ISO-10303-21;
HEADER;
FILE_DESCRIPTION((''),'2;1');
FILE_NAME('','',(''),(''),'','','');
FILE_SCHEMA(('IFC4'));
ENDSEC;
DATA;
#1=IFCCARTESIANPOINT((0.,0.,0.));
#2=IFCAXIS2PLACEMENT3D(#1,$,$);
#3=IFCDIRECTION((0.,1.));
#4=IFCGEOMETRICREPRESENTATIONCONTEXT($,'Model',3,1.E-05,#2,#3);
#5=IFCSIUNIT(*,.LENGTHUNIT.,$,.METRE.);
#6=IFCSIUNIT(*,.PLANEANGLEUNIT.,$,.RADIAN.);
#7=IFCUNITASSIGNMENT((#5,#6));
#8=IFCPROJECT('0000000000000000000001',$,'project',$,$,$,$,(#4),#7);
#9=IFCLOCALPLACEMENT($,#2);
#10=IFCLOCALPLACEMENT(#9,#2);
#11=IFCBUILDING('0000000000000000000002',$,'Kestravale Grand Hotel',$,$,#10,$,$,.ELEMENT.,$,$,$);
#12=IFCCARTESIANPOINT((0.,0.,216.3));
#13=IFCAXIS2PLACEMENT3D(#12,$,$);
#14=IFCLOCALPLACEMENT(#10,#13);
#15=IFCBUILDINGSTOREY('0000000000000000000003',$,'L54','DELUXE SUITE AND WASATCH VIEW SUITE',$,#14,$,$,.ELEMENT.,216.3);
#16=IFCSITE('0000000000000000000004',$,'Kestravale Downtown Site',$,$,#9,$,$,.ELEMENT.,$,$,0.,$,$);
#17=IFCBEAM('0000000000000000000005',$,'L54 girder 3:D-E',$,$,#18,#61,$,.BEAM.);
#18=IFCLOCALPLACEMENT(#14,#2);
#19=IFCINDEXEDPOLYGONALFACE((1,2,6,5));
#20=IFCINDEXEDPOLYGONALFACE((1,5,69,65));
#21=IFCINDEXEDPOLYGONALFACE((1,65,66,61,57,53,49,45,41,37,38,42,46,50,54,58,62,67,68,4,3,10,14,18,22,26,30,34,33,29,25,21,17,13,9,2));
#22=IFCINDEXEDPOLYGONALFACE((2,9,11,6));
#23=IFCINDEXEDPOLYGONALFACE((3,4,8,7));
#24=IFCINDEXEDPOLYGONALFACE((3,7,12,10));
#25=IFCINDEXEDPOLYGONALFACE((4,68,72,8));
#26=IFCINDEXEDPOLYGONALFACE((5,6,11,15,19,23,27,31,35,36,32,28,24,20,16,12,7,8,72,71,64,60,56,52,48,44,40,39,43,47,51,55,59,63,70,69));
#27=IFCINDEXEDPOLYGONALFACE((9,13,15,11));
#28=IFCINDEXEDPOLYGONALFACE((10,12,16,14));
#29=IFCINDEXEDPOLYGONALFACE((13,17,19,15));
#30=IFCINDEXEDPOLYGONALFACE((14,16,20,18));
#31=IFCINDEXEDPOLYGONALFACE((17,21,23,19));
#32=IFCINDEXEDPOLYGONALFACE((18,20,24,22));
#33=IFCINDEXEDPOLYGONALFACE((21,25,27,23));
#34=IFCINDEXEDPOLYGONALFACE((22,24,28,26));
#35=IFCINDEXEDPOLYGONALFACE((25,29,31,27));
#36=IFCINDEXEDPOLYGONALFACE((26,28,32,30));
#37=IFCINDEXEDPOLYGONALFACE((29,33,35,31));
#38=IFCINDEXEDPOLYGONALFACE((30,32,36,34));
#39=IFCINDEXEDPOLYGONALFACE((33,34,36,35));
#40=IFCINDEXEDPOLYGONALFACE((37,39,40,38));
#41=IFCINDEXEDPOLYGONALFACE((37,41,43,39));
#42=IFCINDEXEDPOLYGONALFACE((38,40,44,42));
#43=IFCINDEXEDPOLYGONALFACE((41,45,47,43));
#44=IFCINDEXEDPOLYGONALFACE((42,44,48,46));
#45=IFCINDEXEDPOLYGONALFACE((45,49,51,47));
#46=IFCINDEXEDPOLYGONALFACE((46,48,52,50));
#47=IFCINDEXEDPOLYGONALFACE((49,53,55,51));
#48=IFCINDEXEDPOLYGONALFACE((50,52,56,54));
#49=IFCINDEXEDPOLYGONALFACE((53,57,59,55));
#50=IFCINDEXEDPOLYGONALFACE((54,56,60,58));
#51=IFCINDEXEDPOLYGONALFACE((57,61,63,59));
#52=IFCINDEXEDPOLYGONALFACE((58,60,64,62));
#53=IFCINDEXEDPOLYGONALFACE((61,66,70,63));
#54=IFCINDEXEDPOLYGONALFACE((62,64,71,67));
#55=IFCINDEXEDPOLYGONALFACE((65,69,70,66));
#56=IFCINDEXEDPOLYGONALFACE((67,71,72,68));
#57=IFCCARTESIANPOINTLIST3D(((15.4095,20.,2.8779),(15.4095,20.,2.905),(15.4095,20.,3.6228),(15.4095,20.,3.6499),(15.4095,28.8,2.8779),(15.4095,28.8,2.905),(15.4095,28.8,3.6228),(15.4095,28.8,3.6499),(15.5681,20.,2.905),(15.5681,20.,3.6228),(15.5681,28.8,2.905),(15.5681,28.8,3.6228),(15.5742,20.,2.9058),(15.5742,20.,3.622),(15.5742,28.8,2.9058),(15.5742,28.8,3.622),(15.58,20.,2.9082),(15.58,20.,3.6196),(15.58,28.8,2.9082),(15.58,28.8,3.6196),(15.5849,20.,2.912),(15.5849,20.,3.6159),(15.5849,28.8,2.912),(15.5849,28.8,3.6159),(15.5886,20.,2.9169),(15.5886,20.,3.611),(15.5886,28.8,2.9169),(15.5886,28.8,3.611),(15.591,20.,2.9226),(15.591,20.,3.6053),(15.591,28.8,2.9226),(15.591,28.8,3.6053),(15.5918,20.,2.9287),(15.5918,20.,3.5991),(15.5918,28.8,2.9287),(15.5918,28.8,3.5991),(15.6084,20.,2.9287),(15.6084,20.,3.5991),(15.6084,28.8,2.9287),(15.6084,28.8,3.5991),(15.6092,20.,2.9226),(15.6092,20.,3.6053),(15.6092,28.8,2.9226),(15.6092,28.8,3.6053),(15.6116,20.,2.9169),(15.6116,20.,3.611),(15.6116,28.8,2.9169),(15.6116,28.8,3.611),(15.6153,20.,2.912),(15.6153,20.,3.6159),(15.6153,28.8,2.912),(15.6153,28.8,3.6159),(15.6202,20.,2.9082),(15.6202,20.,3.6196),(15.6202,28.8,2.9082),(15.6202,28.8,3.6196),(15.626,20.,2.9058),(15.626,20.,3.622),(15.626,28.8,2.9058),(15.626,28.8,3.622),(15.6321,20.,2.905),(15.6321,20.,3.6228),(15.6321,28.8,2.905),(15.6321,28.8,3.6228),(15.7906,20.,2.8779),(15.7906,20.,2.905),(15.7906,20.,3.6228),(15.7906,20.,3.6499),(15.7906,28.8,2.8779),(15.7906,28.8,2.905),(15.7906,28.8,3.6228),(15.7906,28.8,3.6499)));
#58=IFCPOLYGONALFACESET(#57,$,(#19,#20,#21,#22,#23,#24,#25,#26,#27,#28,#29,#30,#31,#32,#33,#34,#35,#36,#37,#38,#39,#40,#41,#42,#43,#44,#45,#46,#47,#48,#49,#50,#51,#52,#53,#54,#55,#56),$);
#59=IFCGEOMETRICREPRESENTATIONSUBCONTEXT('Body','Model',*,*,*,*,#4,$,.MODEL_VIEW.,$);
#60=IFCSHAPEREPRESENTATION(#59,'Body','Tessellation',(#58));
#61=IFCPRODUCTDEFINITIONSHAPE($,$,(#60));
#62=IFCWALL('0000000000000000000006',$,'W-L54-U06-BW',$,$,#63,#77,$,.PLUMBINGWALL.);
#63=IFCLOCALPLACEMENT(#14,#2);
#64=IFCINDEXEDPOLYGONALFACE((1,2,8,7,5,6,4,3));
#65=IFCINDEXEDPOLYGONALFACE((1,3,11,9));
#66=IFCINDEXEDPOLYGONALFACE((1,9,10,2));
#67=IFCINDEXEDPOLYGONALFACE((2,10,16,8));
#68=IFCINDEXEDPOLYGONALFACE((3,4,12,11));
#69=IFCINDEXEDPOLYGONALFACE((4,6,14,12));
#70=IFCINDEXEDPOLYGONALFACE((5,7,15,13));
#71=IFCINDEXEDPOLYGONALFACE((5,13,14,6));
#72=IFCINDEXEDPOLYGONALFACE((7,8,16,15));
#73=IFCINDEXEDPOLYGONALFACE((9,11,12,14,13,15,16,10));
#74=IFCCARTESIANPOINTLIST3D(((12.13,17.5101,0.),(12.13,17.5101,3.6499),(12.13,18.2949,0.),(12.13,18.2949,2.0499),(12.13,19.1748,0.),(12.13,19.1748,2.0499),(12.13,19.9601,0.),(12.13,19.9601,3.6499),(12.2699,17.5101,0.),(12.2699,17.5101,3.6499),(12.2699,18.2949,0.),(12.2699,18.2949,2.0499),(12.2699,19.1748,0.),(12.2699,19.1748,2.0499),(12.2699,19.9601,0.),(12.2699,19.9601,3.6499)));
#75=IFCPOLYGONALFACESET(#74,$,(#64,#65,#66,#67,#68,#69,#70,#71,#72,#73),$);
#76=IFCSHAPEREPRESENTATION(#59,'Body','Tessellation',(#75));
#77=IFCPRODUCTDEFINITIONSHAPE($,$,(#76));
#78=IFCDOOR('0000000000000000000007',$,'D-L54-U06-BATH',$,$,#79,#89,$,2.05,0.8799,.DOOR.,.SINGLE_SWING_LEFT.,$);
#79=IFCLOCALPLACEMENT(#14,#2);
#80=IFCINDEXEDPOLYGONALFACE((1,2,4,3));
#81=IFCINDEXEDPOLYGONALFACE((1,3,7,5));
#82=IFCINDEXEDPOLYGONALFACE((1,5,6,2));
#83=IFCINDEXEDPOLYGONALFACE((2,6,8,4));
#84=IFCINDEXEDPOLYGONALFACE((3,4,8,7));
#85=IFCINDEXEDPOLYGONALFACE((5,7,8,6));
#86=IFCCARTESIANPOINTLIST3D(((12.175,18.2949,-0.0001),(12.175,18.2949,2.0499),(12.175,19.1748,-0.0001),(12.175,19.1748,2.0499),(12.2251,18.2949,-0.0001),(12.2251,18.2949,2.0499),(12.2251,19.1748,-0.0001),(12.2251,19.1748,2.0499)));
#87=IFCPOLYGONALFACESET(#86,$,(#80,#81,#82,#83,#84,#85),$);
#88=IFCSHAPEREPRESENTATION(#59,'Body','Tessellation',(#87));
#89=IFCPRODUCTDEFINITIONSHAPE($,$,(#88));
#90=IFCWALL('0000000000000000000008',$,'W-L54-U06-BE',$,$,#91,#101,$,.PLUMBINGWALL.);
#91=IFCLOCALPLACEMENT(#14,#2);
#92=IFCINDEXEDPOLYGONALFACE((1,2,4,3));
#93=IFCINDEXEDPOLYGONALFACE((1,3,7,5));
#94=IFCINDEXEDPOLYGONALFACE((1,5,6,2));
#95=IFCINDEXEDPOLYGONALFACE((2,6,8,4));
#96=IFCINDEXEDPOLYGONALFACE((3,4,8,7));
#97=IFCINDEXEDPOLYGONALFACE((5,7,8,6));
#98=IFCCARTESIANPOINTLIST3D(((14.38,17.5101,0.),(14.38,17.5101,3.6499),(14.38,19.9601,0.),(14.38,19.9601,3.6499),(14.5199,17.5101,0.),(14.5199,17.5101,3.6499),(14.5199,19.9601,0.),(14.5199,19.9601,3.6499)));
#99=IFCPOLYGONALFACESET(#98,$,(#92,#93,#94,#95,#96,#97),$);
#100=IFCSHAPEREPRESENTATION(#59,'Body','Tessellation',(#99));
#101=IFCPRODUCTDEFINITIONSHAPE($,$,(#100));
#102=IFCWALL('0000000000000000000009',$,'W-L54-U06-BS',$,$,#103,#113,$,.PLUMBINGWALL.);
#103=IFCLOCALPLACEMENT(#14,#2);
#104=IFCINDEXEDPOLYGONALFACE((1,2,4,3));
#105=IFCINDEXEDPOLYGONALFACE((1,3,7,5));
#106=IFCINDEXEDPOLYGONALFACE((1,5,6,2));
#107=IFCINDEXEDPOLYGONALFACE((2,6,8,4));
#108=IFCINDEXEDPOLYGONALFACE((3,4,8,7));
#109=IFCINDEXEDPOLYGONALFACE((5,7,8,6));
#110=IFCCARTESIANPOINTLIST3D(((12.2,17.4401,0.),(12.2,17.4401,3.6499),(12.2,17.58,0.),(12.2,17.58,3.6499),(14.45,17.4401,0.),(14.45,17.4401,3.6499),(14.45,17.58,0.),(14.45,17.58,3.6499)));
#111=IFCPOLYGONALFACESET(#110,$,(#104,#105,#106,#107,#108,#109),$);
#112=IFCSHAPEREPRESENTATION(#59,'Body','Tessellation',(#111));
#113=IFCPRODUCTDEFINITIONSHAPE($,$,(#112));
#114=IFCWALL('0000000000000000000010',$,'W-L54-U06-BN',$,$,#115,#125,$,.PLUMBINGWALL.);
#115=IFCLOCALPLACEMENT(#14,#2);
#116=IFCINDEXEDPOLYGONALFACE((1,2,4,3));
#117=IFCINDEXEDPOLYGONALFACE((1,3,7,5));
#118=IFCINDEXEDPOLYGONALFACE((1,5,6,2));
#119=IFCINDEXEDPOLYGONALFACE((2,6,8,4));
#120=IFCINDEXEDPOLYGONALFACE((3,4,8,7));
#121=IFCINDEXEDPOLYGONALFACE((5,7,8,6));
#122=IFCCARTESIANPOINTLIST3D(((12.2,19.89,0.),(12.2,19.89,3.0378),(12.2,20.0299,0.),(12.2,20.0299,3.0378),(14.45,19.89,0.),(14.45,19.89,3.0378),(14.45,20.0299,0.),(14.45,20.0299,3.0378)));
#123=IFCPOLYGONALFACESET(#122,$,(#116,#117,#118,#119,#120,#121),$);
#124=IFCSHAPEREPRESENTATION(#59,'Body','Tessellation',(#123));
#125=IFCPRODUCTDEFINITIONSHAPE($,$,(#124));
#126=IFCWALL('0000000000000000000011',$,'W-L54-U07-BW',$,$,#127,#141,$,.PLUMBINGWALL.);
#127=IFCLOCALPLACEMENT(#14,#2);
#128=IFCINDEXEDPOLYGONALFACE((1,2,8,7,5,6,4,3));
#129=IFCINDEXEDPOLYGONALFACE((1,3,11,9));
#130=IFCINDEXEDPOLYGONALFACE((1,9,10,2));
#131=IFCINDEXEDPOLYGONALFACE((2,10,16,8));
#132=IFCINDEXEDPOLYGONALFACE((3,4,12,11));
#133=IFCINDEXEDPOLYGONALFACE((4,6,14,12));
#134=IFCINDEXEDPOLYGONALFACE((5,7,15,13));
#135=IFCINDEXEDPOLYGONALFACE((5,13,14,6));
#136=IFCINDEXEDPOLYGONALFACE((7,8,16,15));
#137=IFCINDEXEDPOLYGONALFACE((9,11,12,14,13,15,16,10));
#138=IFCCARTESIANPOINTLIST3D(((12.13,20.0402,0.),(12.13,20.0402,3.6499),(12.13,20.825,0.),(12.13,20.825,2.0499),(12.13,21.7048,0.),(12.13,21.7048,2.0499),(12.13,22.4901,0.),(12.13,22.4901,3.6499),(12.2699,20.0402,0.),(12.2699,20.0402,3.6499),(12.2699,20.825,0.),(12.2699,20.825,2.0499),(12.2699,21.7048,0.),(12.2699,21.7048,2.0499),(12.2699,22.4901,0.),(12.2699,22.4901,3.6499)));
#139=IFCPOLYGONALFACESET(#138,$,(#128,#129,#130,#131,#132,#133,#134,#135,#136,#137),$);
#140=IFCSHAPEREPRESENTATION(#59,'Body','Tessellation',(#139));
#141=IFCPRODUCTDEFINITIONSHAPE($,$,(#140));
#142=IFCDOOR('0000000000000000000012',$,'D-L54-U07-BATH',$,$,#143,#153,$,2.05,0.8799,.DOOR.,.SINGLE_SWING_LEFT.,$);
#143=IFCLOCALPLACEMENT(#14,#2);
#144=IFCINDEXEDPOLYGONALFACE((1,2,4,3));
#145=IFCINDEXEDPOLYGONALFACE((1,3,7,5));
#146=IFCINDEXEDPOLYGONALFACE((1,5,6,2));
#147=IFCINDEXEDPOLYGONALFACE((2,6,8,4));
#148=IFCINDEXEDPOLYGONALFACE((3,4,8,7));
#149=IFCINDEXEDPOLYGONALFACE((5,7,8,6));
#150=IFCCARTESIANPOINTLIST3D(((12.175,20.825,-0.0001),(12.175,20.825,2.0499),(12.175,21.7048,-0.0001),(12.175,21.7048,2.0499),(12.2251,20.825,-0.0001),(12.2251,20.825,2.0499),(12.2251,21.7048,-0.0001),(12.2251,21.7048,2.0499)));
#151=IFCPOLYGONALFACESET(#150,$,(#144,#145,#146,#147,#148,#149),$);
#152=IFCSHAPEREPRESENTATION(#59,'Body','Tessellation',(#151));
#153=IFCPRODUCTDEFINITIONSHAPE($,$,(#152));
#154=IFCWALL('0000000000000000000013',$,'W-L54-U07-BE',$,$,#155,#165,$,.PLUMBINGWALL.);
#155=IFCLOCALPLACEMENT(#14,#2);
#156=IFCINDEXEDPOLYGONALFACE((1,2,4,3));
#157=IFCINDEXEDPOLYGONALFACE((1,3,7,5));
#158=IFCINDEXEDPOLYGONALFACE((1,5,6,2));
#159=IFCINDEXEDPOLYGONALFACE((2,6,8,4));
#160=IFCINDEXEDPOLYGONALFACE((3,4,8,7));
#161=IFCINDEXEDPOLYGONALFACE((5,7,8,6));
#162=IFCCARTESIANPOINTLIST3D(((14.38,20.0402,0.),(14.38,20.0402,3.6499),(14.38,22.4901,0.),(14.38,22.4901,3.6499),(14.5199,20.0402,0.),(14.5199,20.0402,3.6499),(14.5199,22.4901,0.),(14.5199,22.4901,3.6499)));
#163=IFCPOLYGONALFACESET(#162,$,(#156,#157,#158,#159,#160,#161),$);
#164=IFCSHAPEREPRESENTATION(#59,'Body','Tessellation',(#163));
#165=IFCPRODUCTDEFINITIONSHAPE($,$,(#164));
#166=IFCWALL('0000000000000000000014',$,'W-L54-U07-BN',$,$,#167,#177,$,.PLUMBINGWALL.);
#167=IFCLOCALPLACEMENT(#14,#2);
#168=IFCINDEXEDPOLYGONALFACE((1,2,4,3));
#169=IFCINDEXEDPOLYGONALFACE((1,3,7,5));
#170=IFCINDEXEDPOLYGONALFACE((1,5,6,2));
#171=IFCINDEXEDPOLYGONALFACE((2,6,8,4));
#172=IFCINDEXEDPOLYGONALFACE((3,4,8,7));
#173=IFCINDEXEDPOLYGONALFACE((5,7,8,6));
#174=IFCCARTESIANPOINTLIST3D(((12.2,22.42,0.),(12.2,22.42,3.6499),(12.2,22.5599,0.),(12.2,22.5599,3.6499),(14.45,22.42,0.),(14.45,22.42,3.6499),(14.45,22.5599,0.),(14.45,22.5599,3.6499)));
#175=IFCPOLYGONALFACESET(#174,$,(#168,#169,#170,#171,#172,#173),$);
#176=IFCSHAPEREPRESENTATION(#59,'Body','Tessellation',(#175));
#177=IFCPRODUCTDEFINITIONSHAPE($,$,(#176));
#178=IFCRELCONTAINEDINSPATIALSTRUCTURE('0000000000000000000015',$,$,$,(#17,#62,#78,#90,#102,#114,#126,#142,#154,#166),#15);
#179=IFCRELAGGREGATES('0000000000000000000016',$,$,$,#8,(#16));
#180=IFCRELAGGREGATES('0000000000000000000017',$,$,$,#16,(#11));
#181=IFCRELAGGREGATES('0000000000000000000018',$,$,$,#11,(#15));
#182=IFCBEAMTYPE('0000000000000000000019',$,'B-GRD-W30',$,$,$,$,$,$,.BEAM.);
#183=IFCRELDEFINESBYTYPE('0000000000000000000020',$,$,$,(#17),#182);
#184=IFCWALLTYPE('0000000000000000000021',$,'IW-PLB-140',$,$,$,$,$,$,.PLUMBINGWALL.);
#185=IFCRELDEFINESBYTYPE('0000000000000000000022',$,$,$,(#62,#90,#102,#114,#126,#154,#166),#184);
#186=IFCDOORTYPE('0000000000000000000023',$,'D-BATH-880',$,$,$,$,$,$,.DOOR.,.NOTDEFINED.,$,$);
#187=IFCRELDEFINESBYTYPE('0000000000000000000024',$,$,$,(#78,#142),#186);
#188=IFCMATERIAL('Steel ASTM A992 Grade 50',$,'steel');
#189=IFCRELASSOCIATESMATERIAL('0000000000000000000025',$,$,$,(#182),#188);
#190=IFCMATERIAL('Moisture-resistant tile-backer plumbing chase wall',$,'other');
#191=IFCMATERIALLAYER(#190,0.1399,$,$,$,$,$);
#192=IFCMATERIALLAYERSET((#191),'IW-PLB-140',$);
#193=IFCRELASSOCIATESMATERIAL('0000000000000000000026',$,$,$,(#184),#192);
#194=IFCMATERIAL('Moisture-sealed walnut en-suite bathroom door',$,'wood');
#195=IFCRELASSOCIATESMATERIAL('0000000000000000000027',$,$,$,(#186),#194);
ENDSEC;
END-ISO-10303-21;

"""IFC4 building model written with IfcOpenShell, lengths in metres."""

from ifc_helpers import new_model, si_unit, direction, frame, frame_2d, origin, origin_2d, place, context, subcontext, project, spatial, rectangle, i_section, extrude, material, layer, layer_set, material_profile, profile_set, type_object, element, fill, save


model = new_model("IFC4")

# Units and contexts
model_context = context("Model", 3, precision=1e-05, world=origin(), true_north=direction((0.0, 1.0)))
body_context = subcontext(model_context, "Body", "Model", "MODEL_VIEW")
ifc_project = project(units=[si_unit("LENGTHUNIT", "METRE"), si_unit("PLANEANGLEUNIT", "RADIAN")], contexts=[model_context])

# Site, building, storey
site_placement = place(None, origin())
site = spatial("IfcSite", under=ifc_project, at=site_placement, Name="Kestravale Downtown Site", CompositionType="ELEMENT", RefElevation=0.0)
building_placement = place(site_placement, origin())
building = spatial("IfcBuilding", under=site, at=building_placement, Name="Kestravale Grand Hotel", CompositionType="ELEMENT")
storey_placement = place(building_placement, frame((0.0, 0.0, 216.3)))
storey = spatial("IfcBuildingStorey", under=building, at=storey_placement, Name="L54", Description="DELUXE SUITE AND WASATCH VIEW SUITE", CompositionType="ELEMENT", Elevation=216.3)

# Beam
ifc_material_1 = material(Name="Steel ASTM A992 Grade 50", Category="steel")
ifc_material_profile_1 = material_profile(ifc_material_1, i_section(OverallWidth=0.3811, OverallDepth=0.772, WebThickness=0.0166, FlangeThickness=0.0271, FilletRadius=0.0237, at=origin_2d()))
ifc_profile_set_1 = profile_set([ifc_material_profile_1], Name="Steel ASTM A992 Grade 50")
beam_type_1 = type_object("IfcBeamType", Name="B-GRD-W30", PredefinedType="BEAM", material=ifc_profile_set_1)
for number, where, z_axis, x_axis, name in (
    (1, (15.6001, 20.0, 3.2639), (0.0, 1.0, 0.0), (-1.0, 0.0, 0.0), "L54 girder 3:D-E"),
):
    element("IfcBeam", number, at=place(storey_placement, frame(where, z_axis=z_axis, x_axis=x_axis)), inside=storey, type_object=beam_type_1, Name=name, PredefinedType="BEAM", context=body_context, shape_type="SweptSolid", body=[
        extrude(i_section(OverallWidth=0.3811, OverallDepth=0.772, WebThickness=0.0166, FlangeThickness=0.0271, FilletRadius=0.0237, at=origin_2d()), origin(), (0.0, 0.0, 1.0), 8.8),
    ])

# Wall, opening, door
ifc_material_2 = material(Name="Moisture-resistant tile-backer plumbing chase wall", Category="other")
ifc_layer_1 = layer(ifc_material_2, 0.1399)
ifc_layer_set_1 = layer_set([ifc_layer_1], Name="IW-PLB-140")
wall_type_1 = type_object("IfcWallType", Name="IW-PLB-140", PredefinedType="PLUMBINGWALL", material=ifc_layer_set_1)
wall_1_placement = place(storey_placement, frame((12.2, 17.51, 0.0), z_axis=(0.0, 0.0, 1.0), x_axis=(0.0, 1.0, 0.0)))
wall_1 = element("IfcWall", 2, at=wall_1_placement, inside=storey, type_object=wall_type_1, Name="W-L54-U06-BW", PredefinedType="PLUMBINGWALL", context=body_context, shape_type="SweptSolid", body=[
    extrude(rectangle(XDim=2.45, YDim=0.1399, at=frame_2d((1.2251, 0.0))), origin(), (0.0, 0.0, 1.0), 3.6499),
])
opening_1_placement = place(wall_1_placement, frame((0.7849, 0.0, 0.0)))
opening_1 = element("IfcOpeningElement", 3, at=opening_1_placement, cuts=wall_1, PredefinedType="OPENING", context=body_context, shape_type="SweptSolid", body=[
    extrude(rectangle(XDim=0.8799, YDim=2.05, at=frame_2d((0.4399, 1.0249))), frame((0.0, 0.0798, 0.0), z_axis=(0.0, -1.0, 0.0), x_axis=(1.0, 0.0, 0.0)), (0.0, 0.0, 1.0), 0.1599),
])
ifc_material_3 = material(Name="Moisture-sealed walnut en-suite bathroom door", Category="wood")
door_type = type_object("IfcDoorType", Name="D-BATH-880", OperationType="NOTDEFINED", PredefinedType="DOOR", material=ifc_material_3)
door_1_placement = place(opening_1_placement, origin())
door_1 = element("IfcDoor", 4, at=door_1_placement, inside=storey, type_object=door_type, Name="D-L54-U06-BATH", OperationType="SINGLE_SWING_LEFT", OverallHeight=2.05, OverallWidth=0.8799, PredefinedType="DOOR", context=body_context, shape_type="SweptSolid", body=[
    extrude(rectangle(XDim=0.8799, YDim=2.05, at=frame_2d((0.4399, 1.0249))), frame((0.0, 0.0249, 0.0), z_axis=(0.0, -1.0, 0.0), x_axis=(1.0, 0.0, 0.0)), (0.0, 0.0, 1.0), 0.05),
])
fill(opening_1, door_1)

# Walls
wall_2_placement = place(storey_placement, frame((14.45, 17.51, 0.0), z_axis=(0.0, 0.0, 1.0), x_axis=(0.0, 1.0, 0.0)))
element("IfcWall", 5, at=wall_2_placement, inside=storey, type_object=wall_type_1, Name="W-L54-U06-BE", PredefinedType="PLUMBINGWALL", context=body_context, shape_type="SweptSolid", body=[
    extrude(rectangle(XDim=2.45, YDim=0.1399, at=frame_2d((1.2251, 0.0))), origin(), (0.0, 0.0, 1.0), 3.6499),
])
wall_3_placement = place(storey_placement, frame((12.2, 17.51, 0.0), z_axis=(0.0, 0.0, 1.0), x_axis=(1.0, 0.0, 0.0)))
element("IfcWall", 6, at=wall_3_placement, inside=storey, type_object=wall_type_1, Name="W-L54-U06-BS", PredefinedType="PLUMBINGWALL", context=body_context, shape_type="SweptSolid", body=[
    extrude(rectangle(XDim=2.25, YDim=0.1399, at=frame_2d((1.125, 0.0))), origin(), (0.0, 0.0, 1.0), 3.6499),
])
wall_4_placement = place(storey_placement, frame((12.2, 19.96, 0.0), z_axis=(0.0, 0.0, 1.0), x_axis=(1.0, 0.0, 0.0)))
element("IfcWall", 7, at=wall_4_placement, inside=storey, type_object=wall_type_1, Name="W-L54-U06-BN", PredefinedType="PLUMBINGWALL", context=body_context, shape_type="SweptSolid", body=[
    extrude(rectangle(XDim=2.25, YDim=0.1399, at=frame_2d((1.125, 0.0))), origin(), (0.0, 0.0, 1.0), 3.0378),
])

# Wall, opening, door
wall_5_placement = place(storey_placement, frame((12.2, 20.04, 0.0), z_axis=(0.0, 0.0, 1.0), x_axis=(0.0, 1.0, 0.0)))
wall_5 = element("IfcWall", 8, at=wall_5_placement, inside=storey, type_object=wall_type_1, Name="W-L54-U07-BW", PredefinedType="PLUMBINGWALL", context=body_context, shape_type="SweptSolid", body=[
    extrude(rectangle(XDim=2.45, YDim=0.1399, at=frame_2d((1.2251, 0.0))), origin(), (0.0, 0.0, 1.0), 3.6499),
])
opening_2_placement = place(wall_5_placement, frame((0.7849, 0.0, 0.0)))
opening_2 = element("IfcOpeningElement", 9, at=opening_2_placement, cuts=wall_5, PredefinedType="OPENING", context=body_context, shape_type="SweptSolid", body=[
    extrude(rectangle(XDim=0.8799, YDim=2.05, at=frame_2d((0.4399, 1.0249))), frame((0.0, 0.0798, 0.0), z_axis=(0.0, -1.0, 0.0), x_axis=(1.0, 0.0, 0.0)), (0.0, 0.0, 1.0), 0.1599),
])
door_2_placement = place(opening_2_placement, origin())
door_2 = element("IfcDoor", 10, at=door_2_placement, inside=storey, type_object=door_type, Name="D-L54-U07-BATH", OperationType="SINGLE_SWING_LEFT", OverallHeight=2.05, OverallWidth=0.8799, PredefinedType="DOOR", context=body_context, shape_type="SweptSolid", body=[
    extrude(rectangle(XDim=0.8799, YDim=2.05, at=frame_2d((0.4399, 1.0249))), frame((0.0, 0.0249, 0.0), z_axis=(0.0, -1.0, 0.0), x_axis=(1.0, 0.0, 0.0)), (0.0, 0.0, 1.0), 0.05),
])
fill(opening_2, door_2)

# Walls
wall_6_placement = place(storey_placement, frame((14.45, 20.04, 0.0), z_axis=(0.0, 0.0, 1.0), x_axis=(0.0, 1.0, 0.0)))
element("IfcWall", 11, at=wall_6_placement, inside=storey, type_object=wall_type_1, Name="W-L54-U07-BE", PredefinedType="PLUMBINGWALL", context=body_context, shape_type="SweptSolid", body=[
    extrude(rectangle(XDim=2.45, YDim=0.1399, at=frame_2d((1.2251, 0.0))), origin(), (0.0, 0.0, 1.0), 3.6499),
])
wall_7_placement = place(storey_placement, frame((12.2, 22.49, 0.0), z_axis=(0.0, 0.0, 1.0), x_axis=(1.0, 0.0, 0.0)))
element("IfcWall", 12, at=wall_7_placement, inside=storey, type_object=wall_type_1, Name="W-L54-U07-BN", PredefinedType="PLUMBINGWALL", context=body_context, shape_type="SweptSolid", body=[
    extrude(rectangle(XDim=2.25, YDim=0.1399, at=frame_2d((1.125, 0.0))), origin(), (0.0, 0.0, 1.0), 3.6499),
])

save(model, "model.ifc")
